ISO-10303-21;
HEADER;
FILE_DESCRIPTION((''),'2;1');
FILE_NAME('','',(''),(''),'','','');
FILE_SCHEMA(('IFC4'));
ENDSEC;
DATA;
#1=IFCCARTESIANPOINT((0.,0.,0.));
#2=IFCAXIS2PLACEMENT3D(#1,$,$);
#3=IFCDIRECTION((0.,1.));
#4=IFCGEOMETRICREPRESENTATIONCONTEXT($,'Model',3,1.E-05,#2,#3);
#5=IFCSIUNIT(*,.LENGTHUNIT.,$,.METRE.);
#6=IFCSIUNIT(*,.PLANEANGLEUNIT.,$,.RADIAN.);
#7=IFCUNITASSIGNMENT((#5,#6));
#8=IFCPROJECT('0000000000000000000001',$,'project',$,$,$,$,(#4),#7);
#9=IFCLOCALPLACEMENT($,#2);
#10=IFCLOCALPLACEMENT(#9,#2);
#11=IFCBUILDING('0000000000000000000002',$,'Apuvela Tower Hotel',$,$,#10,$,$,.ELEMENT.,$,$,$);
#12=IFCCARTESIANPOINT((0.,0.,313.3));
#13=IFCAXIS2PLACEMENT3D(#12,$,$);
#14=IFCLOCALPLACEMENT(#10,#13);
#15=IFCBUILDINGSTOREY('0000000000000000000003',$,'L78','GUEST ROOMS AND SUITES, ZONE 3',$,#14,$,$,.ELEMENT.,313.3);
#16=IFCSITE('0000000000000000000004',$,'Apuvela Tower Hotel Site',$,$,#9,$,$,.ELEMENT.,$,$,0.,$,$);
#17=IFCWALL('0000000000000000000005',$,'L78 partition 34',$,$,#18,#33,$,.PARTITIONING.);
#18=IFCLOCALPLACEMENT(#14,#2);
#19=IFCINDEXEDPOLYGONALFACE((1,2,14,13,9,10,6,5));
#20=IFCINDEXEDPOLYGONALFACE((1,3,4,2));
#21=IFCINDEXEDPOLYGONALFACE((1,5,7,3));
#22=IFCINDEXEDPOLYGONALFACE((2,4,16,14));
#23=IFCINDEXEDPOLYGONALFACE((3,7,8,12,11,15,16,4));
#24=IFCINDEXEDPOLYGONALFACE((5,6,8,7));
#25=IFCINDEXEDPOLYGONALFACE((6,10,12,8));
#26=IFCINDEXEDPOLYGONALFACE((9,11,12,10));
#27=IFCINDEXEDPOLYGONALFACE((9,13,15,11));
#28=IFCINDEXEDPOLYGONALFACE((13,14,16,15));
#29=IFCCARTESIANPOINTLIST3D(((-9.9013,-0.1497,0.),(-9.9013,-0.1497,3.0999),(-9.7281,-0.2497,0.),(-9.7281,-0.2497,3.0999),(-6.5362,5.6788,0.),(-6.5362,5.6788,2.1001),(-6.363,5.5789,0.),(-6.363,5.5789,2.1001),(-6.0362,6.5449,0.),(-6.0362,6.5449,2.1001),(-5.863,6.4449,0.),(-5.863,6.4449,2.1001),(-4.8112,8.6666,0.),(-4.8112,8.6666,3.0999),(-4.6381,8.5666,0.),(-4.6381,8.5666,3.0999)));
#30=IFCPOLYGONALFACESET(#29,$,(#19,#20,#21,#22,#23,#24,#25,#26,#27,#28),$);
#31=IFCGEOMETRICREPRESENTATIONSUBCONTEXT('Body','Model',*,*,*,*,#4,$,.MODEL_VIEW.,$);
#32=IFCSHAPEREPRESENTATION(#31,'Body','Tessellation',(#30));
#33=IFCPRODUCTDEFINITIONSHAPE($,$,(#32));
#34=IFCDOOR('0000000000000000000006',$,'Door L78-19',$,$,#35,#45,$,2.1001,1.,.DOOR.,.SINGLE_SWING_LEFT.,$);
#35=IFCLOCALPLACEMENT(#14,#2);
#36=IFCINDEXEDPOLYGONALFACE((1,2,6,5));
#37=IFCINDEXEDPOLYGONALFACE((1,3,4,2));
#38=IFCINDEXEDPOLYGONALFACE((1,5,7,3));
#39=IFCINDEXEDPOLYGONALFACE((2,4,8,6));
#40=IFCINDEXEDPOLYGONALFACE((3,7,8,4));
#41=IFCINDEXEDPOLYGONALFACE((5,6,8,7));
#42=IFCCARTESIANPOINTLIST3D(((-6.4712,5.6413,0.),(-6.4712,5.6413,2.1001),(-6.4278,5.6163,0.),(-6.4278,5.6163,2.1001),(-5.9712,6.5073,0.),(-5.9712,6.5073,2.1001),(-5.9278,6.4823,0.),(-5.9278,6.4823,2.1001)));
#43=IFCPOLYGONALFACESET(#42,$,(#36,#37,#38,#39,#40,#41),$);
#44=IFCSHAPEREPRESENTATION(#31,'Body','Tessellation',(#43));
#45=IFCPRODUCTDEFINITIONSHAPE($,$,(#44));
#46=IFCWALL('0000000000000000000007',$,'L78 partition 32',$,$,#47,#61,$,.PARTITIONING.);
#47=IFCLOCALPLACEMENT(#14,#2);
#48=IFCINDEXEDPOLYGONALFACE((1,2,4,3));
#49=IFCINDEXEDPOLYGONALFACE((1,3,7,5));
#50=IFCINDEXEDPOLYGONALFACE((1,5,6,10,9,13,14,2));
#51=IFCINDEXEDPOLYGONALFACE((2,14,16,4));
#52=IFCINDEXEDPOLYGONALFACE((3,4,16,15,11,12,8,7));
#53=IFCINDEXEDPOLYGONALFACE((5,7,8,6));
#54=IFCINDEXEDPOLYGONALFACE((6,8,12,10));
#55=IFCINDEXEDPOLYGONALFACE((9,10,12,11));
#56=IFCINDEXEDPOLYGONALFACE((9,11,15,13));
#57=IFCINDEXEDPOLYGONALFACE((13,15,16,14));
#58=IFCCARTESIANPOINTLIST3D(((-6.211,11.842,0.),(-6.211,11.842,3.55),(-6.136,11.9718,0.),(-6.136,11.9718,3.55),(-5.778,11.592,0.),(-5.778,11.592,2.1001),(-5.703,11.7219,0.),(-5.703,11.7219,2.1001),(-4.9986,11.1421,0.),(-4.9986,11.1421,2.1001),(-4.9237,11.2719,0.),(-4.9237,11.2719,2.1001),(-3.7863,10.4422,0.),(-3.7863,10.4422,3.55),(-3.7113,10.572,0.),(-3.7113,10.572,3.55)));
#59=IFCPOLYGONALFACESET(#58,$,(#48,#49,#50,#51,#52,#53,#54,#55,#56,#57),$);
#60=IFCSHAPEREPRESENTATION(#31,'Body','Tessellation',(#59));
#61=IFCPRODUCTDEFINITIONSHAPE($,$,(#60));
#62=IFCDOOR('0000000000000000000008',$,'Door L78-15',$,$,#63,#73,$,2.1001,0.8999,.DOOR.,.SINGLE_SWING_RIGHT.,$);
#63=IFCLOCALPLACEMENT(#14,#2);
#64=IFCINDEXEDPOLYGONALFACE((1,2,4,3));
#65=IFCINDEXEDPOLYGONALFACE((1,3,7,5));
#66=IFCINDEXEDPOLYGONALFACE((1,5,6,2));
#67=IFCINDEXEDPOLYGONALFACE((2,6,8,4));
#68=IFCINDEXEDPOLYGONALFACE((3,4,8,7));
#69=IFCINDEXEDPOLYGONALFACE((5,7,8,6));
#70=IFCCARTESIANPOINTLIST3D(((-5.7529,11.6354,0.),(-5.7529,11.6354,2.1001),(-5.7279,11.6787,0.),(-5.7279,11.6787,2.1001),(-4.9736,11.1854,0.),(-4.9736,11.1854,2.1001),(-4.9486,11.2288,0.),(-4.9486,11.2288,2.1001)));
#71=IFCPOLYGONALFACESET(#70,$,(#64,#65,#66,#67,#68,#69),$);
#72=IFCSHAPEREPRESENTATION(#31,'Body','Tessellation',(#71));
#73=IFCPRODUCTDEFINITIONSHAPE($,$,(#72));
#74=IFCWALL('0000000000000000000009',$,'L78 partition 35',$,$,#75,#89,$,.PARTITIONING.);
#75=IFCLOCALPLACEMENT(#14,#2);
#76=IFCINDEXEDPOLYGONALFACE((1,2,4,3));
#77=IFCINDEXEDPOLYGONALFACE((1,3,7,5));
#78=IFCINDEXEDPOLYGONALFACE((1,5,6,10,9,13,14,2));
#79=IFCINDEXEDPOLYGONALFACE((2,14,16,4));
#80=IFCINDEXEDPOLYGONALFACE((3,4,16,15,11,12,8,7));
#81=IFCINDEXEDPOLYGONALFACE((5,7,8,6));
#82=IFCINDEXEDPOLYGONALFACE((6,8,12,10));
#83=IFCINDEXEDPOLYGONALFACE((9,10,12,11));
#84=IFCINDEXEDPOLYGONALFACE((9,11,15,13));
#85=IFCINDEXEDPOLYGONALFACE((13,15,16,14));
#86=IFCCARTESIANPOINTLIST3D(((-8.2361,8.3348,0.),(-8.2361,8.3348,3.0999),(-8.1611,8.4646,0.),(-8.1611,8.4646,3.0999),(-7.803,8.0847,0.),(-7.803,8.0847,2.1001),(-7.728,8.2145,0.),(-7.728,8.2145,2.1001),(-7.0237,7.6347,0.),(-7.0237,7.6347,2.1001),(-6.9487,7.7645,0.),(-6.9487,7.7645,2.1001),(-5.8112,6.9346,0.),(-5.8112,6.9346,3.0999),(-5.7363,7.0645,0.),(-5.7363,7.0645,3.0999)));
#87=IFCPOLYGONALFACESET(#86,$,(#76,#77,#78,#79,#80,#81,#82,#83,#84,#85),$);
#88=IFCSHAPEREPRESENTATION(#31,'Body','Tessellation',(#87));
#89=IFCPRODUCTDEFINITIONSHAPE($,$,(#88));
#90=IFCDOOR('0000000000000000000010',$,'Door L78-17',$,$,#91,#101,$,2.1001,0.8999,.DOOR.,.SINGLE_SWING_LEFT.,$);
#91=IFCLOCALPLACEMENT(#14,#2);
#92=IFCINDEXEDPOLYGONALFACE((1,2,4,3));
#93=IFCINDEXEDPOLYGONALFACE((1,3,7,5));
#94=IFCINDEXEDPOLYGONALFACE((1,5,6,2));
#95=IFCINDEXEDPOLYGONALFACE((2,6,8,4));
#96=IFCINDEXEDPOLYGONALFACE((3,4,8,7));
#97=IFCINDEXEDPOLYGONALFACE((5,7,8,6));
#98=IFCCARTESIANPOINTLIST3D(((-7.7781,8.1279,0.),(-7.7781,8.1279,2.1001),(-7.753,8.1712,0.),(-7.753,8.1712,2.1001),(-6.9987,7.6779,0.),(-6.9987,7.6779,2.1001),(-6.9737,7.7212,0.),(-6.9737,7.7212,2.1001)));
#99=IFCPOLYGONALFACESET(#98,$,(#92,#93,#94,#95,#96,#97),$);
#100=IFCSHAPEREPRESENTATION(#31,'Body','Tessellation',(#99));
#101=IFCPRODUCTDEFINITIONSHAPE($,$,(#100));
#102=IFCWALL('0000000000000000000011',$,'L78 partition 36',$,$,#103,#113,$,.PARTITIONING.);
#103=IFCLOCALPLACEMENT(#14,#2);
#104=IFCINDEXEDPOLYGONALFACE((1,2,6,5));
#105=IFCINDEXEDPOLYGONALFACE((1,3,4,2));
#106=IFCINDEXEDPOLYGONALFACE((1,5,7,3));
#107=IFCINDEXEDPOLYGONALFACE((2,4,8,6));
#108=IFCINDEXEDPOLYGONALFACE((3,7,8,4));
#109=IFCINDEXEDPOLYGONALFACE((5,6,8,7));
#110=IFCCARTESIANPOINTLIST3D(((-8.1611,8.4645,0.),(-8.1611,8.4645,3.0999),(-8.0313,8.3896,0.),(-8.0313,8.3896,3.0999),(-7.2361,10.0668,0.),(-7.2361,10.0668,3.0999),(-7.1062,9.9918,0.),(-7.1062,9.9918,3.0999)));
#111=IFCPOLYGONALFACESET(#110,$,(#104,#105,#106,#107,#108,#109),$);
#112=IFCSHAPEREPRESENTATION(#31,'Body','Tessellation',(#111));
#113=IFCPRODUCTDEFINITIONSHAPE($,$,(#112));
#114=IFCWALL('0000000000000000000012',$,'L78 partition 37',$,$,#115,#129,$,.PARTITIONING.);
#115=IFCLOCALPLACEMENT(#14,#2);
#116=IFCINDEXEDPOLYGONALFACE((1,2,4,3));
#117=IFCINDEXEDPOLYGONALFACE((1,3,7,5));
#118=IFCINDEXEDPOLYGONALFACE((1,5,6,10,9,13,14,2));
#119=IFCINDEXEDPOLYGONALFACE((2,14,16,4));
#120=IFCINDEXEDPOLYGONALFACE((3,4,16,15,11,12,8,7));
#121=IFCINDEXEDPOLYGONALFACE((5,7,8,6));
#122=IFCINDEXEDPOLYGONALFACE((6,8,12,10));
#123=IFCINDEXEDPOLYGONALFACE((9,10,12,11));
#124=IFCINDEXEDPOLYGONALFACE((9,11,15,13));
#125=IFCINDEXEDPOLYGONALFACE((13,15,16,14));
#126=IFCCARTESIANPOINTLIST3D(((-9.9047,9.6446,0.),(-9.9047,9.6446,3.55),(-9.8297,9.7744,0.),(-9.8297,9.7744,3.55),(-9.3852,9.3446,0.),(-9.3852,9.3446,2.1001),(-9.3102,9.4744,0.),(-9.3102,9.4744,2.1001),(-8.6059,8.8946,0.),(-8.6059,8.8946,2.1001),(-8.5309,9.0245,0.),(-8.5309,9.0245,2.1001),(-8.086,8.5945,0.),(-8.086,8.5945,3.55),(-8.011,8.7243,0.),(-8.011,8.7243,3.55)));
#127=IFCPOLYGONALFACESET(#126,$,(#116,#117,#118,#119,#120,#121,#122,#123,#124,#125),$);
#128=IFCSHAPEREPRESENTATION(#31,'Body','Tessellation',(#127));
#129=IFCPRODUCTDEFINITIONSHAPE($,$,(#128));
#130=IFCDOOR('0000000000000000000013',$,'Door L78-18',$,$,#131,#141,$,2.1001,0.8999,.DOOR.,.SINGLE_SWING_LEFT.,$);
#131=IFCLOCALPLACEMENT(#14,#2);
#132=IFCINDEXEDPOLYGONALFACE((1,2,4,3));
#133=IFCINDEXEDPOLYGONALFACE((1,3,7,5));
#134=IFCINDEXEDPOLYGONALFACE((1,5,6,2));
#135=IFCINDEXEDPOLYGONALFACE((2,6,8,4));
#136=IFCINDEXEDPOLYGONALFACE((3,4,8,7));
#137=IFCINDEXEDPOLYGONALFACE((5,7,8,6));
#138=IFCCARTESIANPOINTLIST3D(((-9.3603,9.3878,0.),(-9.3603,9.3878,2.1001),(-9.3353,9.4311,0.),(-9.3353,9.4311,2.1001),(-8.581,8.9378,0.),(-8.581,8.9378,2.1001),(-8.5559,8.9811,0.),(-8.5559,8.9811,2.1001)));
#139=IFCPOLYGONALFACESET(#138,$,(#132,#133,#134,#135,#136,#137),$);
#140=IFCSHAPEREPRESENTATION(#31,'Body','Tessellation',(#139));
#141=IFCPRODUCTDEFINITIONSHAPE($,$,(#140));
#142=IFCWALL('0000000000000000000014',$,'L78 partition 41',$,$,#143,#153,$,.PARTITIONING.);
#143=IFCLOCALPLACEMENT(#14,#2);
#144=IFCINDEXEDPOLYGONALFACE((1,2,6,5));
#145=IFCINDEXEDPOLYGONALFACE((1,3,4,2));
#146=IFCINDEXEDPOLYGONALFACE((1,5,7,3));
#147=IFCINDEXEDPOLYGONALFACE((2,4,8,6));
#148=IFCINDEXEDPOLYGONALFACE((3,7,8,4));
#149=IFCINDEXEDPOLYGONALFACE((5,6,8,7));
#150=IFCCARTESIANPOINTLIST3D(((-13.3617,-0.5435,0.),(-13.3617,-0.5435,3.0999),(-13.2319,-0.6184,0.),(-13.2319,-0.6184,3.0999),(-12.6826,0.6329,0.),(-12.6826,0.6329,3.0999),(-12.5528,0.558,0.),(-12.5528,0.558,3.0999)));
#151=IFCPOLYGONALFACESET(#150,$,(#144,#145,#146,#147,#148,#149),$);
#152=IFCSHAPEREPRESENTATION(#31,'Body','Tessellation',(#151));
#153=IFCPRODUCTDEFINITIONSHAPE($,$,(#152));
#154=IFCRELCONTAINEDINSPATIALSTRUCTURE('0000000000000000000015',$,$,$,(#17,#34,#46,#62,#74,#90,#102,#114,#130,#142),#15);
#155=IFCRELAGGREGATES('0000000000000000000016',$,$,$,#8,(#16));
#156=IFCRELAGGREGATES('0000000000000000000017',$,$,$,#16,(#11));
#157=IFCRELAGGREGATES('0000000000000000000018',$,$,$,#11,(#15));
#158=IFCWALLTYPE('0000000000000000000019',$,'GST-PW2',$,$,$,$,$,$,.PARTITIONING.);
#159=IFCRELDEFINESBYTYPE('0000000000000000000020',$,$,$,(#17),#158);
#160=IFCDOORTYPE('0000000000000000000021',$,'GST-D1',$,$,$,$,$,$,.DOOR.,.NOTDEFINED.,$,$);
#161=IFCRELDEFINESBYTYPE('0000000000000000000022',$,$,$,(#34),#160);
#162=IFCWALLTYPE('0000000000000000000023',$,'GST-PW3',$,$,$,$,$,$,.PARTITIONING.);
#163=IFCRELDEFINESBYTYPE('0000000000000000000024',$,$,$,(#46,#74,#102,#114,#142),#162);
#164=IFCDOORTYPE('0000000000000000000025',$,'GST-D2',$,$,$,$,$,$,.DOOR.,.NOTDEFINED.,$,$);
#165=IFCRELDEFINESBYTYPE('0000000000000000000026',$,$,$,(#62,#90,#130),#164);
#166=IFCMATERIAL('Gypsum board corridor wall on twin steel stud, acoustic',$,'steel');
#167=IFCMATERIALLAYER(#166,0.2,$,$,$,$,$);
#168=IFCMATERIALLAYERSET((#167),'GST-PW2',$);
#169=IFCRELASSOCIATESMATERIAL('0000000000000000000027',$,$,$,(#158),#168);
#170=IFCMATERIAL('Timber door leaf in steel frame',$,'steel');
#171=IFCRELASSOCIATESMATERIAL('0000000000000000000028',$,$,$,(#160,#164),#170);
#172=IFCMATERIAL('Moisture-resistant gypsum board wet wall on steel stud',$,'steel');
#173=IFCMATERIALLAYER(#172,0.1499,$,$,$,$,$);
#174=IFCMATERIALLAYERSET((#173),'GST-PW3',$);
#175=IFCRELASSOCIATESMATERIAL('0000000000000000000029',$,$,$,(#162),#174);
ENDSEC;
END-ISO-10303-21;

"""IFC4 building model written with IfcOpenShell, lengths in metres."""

from ifc_helpers import new_model, si_unit, direction, frame, frame_2d, origin, place, context, subcontext, project, spatial, rectangle, extrude, material, layer, layer_set, type_object, element, fill, save


model = new_model("IFC4")

# Units and contexts
model_context = context("Model", 3, precision=1e-05, world=origin(), true_north=direction((0.0, 1.0)))
body_context = subcontext(model_context, "Body", "Model", "MODEL_VIEW")
ifc_project = project(units=[si_unit("LENGTHUNIT", "METRE"), si_unit("PLANEANGLEUNIT", "RADIAN")], contexts=[model_context])

# Site, building, storey
site_placement = place(None, origin())
site = spatial("IfcSite", under=ifc_project, at=site_placement, Name="Apuvela Tower Hotel Site", CompositionType="ELEMENT", RefElevation=0.0)
building_placement = place(site_placement, origin())
building = spatial("IfcBuilding", under=site, at=building_placement, Name="Apuvela Tower Hotel", CompositionType="ELEMENT")
storey_placement = place(building_placement, frame((0.0, 0.0, 313.3)))
storey = spatial("IfcBuildingStorey", under=building, at=storey_placement, Name="L78", Description="GUEST ROOMS AND SUITES, ZONE 3", CompositionType="ELEMENT", Elevation=313.3)

# Walls, openings, doors
ifc_material_1 = material(Name="Gypsum board corridor wall on twin steel stud, acoustic", Category="steel")
ifc_layer_1 = layer(ifc_material_1, 0.2)
ifc_layer_set_1 = layer_set([ifc_layer_1], Name="GST-PW2")
wall_type_1 = type_object("IfcWallType", Name="GST-PW2", PredefinedType="PARTITIONING", material=ifc_layer_set_1)
ifc_material_2 = material(Name="Timber door leaf in steel frame", Category="steel")
door_type_1 = type_object("IfcDoorType", Name="GST-D1", OperationType="NOTDEFINED", PredefinedType="DOOR", material=ifc_material_2)
wall_1_placement = place(storey_placement, frame((-9.8147, -0.1997, 0.0), z_axis=(0.0, 0.0, 1.0), x_axis=(0.499995, 0.866028, 0.0)))
wall_1 = element("IfcWall", 1, at=wall_1_placement, inside=storey, type_object=wall_type_1, Name="L78 partition 34", PredefinedType="PARTITIONING", context=body_context, shape_type="SweptSolid", body=[
    extrude(rectangle(XDim=10.1802, YDim=0.2, at=frame_2d((5.0901, 0.0))), origin(), (0.0, 0.0, 1.0), 3.0999),
])
opening_1_placement = place(wall_1_placement, frame((6.7302, 0.0, 0.0)))
opening_1 = element("IfcOpeningElement", 2, at=opening_1_placement, cuts=wall_1, PredefinedType="OPENING", context=body_context, shape_type="SweptSolid", body=[
    extrude(rectangle(XDim=1.0, YDim=2.1001, at=frame_2d((0.5, 1.05))), frame((0.0, 0.1099, 0.0), z_axis=(0.0, -1.0, 0.0), x_axis=(1.0, 0.0, 0.0)), (0.0, 0.0, 1.0), 0.22),
])
door_1_placement = place(opening_1_placement, origin())
door_1 = element("IfcDoor", 3, at=door_1_placement, inside=storey, type_object=door_type_1, Name="Door L78-19", OperationType="SINGLE_SWING_LEFT", OverallHeight=2.1001, OverallWidth=1.0, PredefinedType="DOOR", context=body_context, shape_type="SweptSolid", body=[
    extrude(rectangle(XDim=1.0, YDim=2.1001, at=frame_2d((0.5, 1.05))), frame((0.0, 0.0249, 0.0), z_axis=(0.0, -1.0, 0.0), x_axis=(1.0, 0.0, 0.0)), (0.0, 0.0, 1.0), 0.05),
])
fill(opening_1, door_1)
ifc_material_3 = material(Name="Moisture-resistant gypsum board wet wall on steel stud", Category="steel")
ifc_layer_2 = layer(ifc_material_3, 0.1499)
ifc_layer_set_2 = layer_set([ifc_layer_2], Name="GST-PW3")
wall_type_2 = type_object("IfcWallType", Name="GST-PW3", PredefinedType="PARTITIONING", material=ifc_layer_set_2)
wall_2_placement = place(storey_placement, frame((-3.7488, 10.5071, 0.0), z_axis=(0.0, 0.0, 1.0), x_axis=(-0.866035, 0.499984, 0.0)))
wall_2 = element("IfcWall", 4, at=wall_2_placement, inside=storey, type_object=wall_type_2, Name="L78 partition 32", PredefinedType="PARTITIONING", context=body_context, shape_type="SweptSolid", body=[
    extrude(rectangle(XDim=2.7998, YDim=0.1499, at=frame_2d((1.3999, 0.0))), origin(), (0.0, 0.0, 1.0), 3.55),
])
opening_2_placement = place(wall_2_placement, frame((1.3999, 0.0, 0.0)))
opening_2 = element("IfcOpeningElement", 5, at=opening_2_placement, cuts=wall_2, PredefinedType="OPENING", context=body_context, shape_type="SweptSolid", body=[
    extrude(rectangle(XDim=0.8999, YDim=2.1001, at=frame_2d((0.45, 1.05))), frame((0.0, 0.085, 0.0), z_axis=(0.0, -1.0, 0.0), x_axis=(1.0, 0.0, 0.0)), (0.0, 0.0, 1.0), 0.1699),
])
door_type_2 = type_object("IfcDoorType", Name="GST-D2", OperationType="NOTDEFINED", PredefinedType="DOOR", material=ifc_material_2)
door_2_placement = place(opening_2_placement, origin())
door_2 = element("IfcDoor", 6, at=door_2_placement, inside=storey, type_object=door_type_2, Name="Door L78-15", OperationType="SINGLE_SWING_RIGHT", OverallHeight=2.1001, OverallWidth=0.8999, PredefinedType="DOOR", context=body_context, shape_type="SweptSolid", body=[
    extrude(rectangle(XDim=0.8999, YDim=2.1001, at=frame_2d((0.45, 1.05))), frame((0.0, 0.0249, 0.0), z_axis=(0.0, -1.0, 0.0), x_axis=(1.0, 0.0, 0.0)), (0.0, 0.0, 1.0), 0.05),
])
fill(opening_2, door_2)
wall_3_placement = place(storey_placement, frame((-8.1985, 8.3997, 0.0), z_axis=(0.0, 0.0, 1.0), x_axis=(0.865997, -0.50005, 0.0)))
wall_3 = element("IfcWall", 7, at=wall_3_placement, inside=storey, type_object=wall_type_2, Name="L78 partition 35", PredefinedType="PARTITIONING", context=body_context, shape_type="SweptSolid", body=[
    extrude(rectangle(XDim=2.8, YDim=0.1499, at=frame_2d((1.3999, 0.0))), origin(), (0.0, 0.0, 1.0), 3.0999),
])
opening_3_placement = place(wall_3_placement, frame((0.5, 0.0, 0.0)))
opening_3 = element("IfcOpeningElement", 8, at=opening_3_placement, cuts=wall_3, PredefinedType="OPENING", context=body_context, shape_type="SweptSolid", body=[
    extrude(rectangle(XDim=0.8999, YDim=2.1001, at=frame_2d((0.45, 1.05))), frame((0.0, 0.085, 0.0), z_axis=(0.0, -1.0, 0.0), x_axis=(1.0, 0.0, 0.0)), (0.0, 0.0, 1.0), 0.1699),
])
door_3_placement = place(opening_3_placement, origin())
door_3 = element("IfcDoor", 9, at=door_3_placement, inside=storey, type_object=door_type_2, Name="Door L78-17", OperationType="SINGLE_SWING_LEFT", OverallHeight=2.1001, OverallWidth=0.8999, PredefinedType="DOOR", context=body_context, shape_type="SweptSolid", body=[
    extrude(rectangle(XDim=0.8999, YDim=2.1001, at=frame_2d((0.45, 1.05))), frame((0.0, 0.0249, 0.0), z_axis=(0.0, -1.0, 0.0), x_axis=(1.0, 0.0, 0.0)), (0.0, 0.0, 1.0), 0.05),
])
fill(opening_3, door_3)

# Wall
wall_4_placement = place(storey_placement, frame((-7.1711, 10.0293, 0.0), z_axis=(0.0, 0.0, 1.0), x_axis=(-0.499985, -0.866034, 0.0)))
element("IfcWall", 10, at=wall_4_placement, inside=storey, type_object=wall_type_2, Name="L78 partition 36", PredefinedType="PARTITIONING", context=body_context, shape_type="SweptSolid", body=[
    extrude(rectangle(XDim=1.8501, YDim=0.1499, at=frame_2d((0.925, 0.0))), origin(), (0.0, 0.0, 1.0), 3.0999),
])

# Wall, opening, door
wall_5_placement = place(storey_placement, frame((-9.8672, 9.7095, 0.0), z_axis=(0.0, 0.0, 1.0), x_axis=(0.866009, -0.500028, 0.0)))
wall_5 = element("IfcWall", 11, at=wall_5_placement, inside=storey, type_object=wall_type_2, Name="L78 partition 37", PredefinedType="PARTITIONING", context=body_context, shape_type="SweptSolid", body=[
    extrude(rectangle(XDim=2.1001, YDim=0.1499, at=frame_2d((1.05, 0.0))), origin(), (0.0, 0.0, 1.0), 3.55),
])
opening_4_placement = place(wall_5_placement, frame((0.5999, 0.0, 0.0)))
opening_4 = element("IfcOpeningElement", 12, at=opening_4_placement, cuts=wall_5, PredefinedType="OPENING", context=body_context, shape_type="SweptSolid", body=[
    extrude(rectangle(XDim=0.8999, YDim=2.1001, at=frame_2d((0.45, 1.05))), frame((0.0, 0.085, 0.0), z_axis=(0.0, -1.0, 0.0), x_axis=(1.0, 0.0, 0.0)), (0.0, 0.0, 1.0), 0.1699),
])
door_4_placement = place(opening_4_placement, origin())
door_4 = element("IfcDoor", 13, at=door_4_placement, inside=storey, type_object=door_type_2, Name="Door L78-18", OperationType="SINGLE_SWING_LEFT", OverallHeight=2.1001, OverallWidth=0.8999, PredefinedType="DOOR", context=body_context, shape_type="SweptSolid", body=[
    extrude(rectangle(XDim=0.8999, YDim=2.1001, at=frame_2d((0.45, 1.05))), frame((0.0, 0.0249, 0.0), z_axis=(0.0, -1.0, 0.0), x_axis=(1.0, 0.0, 0.0)), (0.0, 0.0, 1.0), 0.05),
])
fill(opening_4, door_4)

# Wall
wall_6_placement = place(storey_placement, frame((-12.6177, 0.5955, 0.0), z_axis=(0.0, 0.0, 1.0), x_axis=(-0.499966, -0.866045, 0.0)))
element("IfcWall", 14, at=wall_6_placement, inside=storey, type_object=wall_type_2, Name="L78 partition 41", PredefinedType="PARTITIONING", context=body_context, shape_type="SweptSolid", body=[
    extrude(rectangle(XDim=1.3584, YDim=0.1499, at=frame_2d((0.6792, 0.0))), origin(), (0.0, 0.0, 1.0), 3.0999),
])

save(model, "model.ifc")
